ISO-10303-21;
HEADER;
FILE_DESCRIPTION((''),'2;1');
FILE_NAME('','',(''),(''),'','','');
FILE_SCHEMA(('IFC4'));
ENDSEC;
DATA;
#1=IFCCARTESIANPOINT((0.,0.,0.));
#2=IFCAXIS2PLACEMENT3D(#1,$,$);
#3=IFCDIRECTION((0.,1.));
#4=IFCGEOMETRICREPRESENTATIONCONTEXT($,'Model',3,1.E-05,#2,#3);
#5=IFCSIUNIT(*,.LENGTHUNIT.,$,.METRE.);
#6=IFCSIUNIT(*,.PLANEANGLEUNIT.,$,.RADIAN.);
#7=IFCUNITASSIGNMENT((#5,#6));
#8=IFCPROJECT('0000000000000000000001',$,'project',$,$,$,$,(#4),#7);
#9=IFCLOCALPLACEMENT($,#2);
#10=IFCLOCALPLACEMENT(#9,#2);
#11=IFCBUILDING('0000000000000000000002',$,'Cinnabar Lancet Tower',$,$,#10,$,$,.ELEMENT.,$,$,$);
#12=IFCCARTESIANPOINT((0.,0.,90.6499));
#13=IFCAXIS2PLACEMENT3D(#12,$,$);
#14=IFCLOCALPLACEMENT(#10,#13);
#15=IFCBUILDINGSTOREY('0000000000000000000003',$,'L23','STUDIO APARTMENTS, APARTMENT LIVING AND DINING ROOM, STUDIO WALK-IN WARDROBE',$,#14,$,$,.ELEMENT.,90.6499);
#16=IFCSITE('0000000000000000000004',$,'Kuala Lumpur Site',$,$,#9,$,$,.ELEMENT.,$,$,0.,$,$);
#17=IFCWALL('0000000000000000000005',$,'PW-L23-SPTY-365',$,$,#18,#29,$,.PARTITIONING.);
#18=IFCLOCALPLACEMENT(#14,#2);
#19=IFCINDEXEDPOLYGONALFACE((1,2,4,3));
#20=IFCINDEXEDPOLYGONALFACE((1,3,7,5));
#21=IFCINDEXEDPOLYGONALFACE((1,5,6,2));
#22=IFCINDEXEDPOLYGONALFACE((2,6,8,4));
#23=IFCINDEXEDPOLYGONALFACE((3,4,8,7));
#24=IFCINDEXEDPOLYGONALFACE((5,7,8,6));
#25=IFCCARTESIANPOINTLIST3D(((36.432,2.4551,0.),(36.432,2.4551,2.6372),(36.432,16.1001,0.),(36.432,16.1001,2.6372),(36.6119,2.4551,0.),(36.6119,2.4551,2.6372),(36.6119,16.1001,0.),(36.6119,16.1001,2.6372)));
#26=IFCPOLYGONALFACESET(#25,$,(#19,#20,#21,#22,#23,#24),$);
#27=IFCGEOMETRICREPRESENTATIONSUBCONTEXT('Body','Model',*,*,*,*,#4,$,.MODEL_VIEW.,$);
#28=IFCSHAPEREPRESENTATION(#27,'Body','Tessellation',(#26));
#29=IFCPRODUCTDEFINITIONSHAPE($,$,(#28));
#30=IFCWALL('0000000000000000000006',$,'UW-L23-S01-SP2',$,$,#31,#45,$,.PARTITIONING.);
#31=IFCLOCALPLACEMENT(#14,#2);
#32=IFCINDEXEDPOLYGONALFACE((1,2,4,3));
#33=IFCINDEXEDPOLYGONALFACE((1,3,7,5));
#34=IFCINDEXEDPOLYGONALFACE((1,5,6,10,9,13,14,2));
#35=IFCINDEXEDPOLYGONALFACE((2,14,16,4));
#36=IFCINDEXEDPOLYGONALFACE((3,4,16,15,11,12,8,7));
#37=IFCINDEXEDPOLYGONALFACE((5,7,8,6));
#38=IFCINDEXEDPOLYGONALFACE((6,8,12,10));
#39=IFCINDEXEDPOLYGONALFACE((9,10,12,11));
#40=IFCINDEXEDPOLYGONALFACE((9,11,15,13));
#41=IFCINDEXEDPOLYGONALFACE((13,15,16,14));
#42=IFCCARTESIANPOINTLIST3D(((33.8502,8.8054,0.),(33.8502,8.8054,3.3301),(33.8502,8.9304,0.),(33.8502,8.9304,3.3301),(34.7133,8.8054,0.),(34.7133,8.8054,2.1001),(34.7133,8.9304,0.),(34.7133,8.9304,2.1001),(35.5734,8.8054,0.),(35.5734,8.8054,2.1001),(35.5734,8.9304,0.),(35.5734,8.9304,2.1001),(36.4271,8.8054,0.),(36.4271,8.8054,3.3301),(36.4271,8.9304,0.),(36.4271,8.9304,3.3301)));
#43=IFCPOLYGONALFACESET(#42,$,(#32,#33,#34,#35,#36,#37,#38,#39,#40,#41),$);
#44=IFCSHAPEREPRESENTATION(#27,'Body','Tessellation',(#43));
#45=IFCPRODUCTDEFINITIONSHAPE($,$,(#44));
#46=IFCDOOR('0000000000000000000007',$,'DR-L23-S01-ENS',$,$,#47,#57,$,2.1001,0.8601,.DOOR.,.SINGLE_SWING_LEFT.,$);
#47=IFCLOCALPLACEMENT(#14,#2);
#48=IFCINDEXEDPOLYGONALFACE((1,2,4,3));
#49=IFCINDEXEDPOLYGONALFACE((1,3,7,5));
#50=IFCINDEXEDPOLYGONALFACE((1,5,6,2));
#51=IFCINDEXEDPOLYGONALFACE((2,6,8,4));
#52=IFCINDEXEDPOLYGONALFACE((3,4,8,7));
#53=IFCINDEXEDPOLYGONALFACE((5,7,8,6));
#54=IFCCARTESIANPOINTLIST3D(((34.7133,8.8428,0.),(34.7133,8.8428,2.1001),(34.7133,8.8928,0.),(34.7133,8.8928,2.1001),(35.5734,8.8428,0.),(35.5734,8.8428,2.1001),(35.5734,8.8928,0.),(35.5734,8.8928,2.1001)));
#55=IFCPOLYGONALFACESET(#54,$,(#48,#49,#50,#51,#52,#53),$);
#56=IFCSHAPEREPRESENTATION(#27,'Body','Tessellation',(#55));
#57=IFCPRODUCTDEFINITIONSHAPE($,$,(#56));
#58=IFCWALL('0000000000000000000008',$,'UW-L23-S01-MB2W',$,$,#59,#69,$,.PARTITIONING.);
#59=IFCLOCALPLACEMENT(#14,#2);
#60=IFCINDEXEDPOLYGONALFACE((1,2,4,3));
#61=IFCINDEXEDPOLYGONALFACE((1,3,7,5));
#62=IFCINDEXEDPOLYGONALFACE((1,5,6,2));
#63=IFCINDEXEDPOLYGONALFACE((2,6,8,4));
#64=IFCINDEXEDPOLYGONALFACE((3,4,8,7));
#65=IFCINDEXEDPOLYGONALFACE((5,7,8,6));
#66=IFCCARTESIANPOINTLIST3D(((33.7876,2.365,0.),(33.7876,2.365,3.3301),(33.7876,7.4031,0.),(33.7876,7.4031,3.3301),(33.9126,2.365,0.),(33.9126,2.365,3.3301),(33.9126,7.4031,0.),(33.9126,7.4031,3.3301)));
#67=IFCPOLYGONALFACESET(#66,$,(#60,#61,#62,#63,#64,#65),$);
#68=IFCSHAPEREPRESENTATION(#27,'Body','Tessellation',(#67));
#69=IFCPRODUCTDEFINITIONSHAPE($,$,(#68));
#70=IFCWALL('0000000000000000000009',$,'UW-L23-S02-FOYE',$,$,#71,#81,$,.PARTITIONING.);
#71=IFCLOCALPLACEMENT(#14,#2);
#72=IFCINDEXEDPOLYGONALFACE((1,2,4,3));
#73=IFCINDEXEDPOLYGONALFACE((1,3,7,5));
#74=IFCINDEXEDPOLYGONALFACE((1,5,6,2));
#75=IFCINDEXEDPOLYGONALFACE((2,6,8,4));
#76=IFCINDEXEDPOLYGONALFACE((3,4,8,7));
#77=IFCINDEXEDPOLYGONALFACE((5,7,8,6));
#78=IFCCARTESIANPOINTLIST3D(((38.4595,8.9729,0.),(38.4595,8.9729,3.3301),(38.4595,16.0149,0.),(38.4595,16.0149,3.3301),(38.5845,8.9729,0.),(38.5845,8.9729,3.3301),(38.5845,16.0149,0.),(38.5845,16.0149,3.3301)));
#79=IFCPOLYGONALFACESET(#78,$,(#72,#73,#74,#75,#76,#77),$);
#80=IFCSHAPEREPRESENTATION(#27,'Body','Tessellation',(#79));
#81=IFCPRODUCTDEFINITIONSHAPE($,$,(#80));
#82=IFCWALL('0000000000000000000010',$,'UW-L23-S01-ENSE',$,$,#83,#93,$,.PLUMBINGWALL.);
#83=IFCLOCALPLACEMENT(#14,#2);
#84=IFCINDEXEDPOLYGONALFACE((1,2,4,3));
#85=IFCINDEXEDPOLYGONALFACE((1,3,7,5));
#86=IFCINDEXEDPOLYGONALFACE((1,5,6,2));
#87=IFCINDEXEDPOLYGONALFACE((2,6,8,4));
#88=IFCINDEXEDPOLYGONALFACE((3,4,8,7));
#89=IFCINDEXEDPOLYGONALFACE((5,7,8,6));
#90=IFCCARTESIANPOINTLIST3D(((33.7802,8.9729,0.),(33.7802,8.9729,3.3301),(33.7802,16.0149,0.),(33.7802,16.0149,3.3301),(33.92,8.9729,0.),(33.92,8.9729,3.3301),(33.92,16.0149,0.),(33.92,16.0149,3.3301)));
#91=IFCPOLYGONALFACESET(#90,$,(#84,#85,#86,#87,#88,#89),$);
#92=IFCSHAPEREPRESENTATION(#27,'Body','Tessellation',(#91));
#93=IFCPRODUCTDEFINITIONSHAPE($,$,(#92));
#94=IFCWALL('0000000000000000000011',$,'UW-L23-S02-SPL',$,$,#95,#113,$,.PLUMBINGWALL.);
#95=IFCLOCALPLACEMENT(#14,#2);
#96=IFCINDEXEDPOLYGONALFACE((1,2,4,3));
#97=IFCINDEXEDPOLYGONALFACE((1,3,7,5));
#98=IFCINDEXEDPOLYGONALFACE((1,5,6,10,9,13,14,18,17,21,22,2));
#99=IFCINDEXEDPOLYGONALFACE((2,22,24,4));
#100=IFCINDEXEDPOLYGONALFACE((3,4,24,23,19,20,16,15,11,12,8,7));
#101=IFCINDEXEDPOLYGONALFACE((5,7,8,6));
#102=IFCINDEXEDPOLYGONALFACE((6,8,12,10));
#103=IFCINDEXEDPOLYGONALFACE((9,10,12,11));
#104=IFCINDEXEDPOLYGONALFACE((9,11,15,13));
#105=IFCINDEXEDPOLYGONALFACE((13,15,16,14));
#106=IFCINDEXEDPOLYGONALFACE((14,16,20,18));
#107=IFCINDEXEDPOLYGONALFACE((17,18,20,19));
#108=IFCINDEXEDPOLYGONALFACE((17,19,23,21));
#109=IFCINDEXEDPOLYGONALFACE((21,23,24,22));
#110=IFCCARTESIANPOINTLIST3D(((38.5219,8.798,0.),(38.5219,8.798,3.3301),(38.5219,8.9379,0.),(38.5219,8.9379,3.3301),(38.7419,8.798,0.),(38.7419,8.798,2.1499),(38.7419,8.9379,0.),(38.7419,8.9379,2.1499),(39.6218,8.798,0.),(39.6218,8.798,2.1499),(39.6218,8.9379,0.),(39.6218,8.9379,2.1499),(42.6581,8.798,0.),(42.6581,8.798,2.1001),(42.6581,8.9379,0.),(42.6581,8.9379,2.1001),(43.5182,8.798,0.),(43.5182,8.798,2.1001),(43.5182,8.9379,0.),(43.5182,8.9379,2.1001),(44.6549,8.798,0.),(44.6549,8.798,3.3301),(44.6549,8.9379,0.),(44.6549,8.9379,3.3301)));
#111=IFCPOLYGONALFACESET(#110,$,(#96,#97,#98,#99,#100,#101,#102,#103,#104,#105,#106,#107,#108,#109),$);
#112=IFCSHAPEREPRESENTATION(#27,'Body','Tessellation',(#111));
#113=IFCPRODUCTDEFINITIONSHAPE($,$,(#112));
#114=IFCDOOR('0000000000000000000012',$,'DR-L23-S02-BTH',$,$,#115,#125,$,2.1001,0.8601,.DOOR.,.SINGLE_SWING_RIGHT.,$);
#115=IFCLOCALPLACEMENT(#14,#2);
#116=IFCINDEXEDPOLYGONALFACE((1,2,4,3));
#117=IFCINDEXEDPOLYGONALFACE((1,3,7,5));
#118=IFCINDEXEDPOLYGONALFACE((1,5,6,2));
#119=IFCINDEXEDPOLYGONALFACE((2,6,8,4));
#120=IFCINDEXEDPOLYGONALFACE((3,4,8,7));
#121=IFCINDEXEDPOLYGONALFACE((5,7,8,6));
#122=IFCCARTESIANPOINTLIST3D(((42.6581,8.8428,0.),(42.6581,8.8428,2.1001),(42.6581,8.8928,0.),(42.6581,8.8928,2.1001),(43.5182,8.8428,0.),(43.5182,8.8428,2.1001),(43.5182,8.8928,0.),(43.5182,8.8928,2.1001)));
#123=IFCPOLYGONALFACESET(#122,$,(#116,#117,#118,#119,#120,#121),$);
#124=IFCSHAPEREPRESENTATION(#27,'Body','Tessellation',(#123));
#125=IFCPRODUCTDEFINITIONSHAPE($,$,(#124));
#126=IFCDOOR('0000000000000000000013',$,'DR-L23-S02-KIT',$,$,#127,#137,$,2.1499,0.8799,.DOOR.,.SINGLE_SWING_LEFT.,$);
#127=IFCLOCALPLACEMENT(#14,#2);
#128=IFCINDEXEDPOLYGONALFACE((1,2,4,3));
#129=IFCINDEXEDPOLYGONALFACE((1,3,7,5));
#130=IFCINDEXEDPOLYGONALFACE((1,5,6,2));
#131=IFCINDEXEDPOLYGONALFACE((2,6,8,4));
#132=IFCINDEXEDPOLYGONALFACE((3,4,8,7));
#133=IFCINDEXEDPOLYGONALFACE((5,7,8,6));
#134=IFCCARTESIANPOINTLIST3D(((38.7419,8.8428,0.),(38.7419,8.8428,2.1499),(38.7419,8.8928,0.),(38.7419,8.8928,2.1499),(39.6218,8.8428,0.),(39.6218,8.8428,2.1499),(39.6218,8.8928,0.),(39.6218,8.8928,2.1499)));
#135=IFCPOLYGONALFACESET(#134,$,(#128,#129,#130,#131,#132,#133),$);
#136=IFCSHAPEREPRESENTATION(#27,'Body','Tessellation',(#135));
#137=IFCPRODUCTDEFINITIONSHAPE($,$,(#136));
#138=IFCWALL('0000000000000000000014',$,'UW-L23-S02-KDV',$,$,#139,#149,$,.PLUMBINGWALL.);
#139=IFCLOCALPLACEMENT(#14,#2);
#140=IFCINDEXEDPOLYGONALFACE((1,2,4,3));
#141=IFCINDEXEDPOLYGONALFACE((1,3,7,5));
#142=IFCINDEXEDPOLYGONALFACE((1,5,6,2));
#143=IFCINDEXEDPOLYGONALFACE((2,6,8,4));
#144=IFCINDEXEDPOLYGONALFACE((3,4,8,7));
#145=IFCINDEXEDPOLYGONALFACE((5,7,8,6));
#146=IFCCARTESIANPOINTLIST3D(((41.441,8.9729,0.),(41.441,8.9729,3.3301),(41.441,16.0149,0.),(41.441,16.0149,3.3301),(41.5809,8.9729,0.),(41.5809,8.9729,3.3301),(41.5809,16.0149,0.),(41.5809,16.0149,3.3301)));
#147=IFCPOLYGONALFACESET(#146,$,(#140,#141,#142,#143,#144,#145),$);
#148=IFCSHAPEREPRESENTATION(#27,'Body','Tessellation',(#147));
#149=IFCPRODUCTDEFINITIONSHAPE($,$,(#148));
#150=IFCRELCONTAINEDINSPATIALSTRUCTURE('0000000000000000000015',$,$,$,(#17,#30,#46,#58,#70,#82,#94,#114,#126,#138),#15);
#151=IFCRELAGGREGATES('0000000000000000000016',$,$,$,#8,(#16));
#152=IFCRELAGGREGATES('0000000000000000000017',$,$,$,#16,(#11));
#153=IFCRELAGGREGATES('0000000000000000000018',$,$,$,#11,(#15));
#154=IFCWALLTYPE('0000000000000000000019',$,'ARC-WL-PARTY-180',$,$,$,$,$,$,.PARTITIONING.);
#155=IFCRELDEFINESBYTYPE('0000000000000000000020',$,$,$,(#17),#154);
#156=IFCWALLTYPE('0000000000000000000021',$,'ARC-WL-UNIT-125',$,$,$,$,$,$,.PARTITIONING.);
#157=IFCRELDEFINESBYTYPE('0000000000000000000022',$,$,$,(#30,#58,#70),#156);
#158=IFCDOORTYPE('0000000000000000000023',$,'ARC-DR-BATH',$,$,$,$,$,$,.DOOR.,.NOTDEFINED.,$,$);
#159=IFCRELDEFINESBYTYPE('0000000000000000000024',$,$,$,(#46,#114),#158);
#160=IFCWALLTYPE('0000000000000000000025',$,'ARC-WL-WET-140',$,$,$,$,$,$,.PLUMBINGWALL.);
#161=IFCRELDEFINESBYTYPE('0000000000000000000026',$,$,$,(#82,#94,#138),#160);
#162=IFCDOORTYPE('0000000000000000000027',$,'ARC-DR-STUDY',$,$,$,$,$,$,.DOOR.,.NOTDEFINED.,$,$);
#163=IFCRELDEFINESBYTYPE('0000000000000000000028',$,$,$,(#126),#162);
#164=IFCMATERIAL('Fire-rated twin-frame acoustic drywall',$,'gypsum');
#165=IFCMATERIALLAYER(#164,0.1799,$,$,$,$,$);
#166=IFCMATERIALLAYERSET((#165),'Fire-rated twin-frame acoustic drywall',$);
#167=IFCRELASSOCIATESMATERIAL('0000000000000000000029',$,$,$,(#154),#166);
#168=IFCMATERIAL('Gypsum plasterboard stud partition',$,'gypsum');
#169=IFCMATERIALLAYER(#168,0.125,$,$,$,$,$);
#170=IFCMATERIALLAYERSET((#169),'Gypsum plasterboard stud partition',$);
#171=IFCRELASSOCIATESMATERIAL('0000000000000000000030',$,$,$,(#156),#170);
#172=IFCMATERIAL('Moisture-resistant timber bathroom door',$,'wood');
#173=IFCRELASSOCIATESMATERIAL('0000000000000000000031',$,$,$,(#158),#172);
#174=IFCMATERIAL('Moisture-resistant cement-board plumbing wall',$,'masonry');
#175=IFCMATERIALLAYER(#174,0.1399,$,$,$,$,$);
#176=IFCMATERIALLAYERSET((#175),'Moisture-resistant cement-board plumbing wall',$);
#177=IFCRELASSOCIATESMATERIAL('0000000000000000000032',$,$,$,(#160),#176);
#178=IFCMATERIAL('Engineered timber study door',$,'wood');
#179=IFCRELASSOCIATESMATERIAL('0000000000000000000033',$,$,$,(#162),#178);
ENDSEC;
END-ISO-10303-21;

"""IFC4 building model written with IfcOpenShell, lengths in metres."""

from ifc_helpers import new_model, si_unit, direction, frame, frame_2d, origin, place, context, subcontext, project, spatial, rectangle, extrude, material, layer, layer_set, type_object, element, fill, save


model = new_model("IFC4")

# Units and contexts
model_context = context("Model", 3, precision=1e-05, world=origin(), true_north=direction((0.0, 1.0)))
body_context = subcontext(model_context, "Body", "Model", "MODEL_VIEW")
ifc_project = project(units=[si_unit("LENGTHUNIT", "METRE"), si_unit("PLANEANGLEUNIT", "RADIAN")], contexts=[model_context])

# Site, building, storey
site_placement = place(None, origin())
site = spatial("IfcSite", under=ifc_project, at=site_placement, Name="Kuala Lumpur Site", CompositionType="ELEMENT", RefElevation=0.0)
building_placement = place(site_placement, origin())
building = spatial("IfcBuilding", under=site, at=building_placement, Name="Cinnabar Lancet Tower", CompositionType="ELEMENT")
storey_placement = place(building_placement, frame((0.0, 0.0, 90.6499)))
storey = spatial("IfcBuildingStorey", under=building, at=storey_placement, Name="L23", Description="STUDIO APARTMENTS, APARTMENT LIVING AND DINING ROOM, STUDIO WALK-IN WARDROBE", CompositionType="ELEMENT", Elevation=90.6499)

# Wall
ifc_material_1 = material(Name="Fire-rated twin-frame acoustic drywall", Category="gypsum")
ifc_layer_1 = layer(ifc_material_1, 0.1799)
ifc_layer_set_1 = layer_set([ifc_layer_1], Name="Fire-rated twin-frame acoustic drywall")
wall_type_1 = type_object("IfcWallType", Name="ARC-WL-PARTY-180", PredefinedType="PARTITIONING", material=ifc_layer_set_1)
wall_1_placement = place(storey_placement, frame((36.522, 2.4551, 0.0), z_axis=(0.0, 0.0, 1.0), x_axis=(0.0, 1.0, 0.0)))
element("IfcWall", 1, at=wall_1_placement, inside=storey, type_object=wall_type_1, Name="PW-L23-SPTY-365", PredefinedType="PARTITIONING", context=body_context, shape_type="SweptSolid", body=[
    extrude(rectangle(XDim=13.645, YDim=0.1799, at=frame_2d((6.8225, 0.0))), origin(), (0.0, 0.0, 1.0), 2.6372),
])

# Wall, opening, door
ifc_material_2 = material(Name="Gypsum plasterboard stud partition", Category="gypsum")
ifc_layer_2 = layer(ifc_material_2, 0.125)
ifc_layer_set_2 = layer_set([ifc_layer_2], Name="Gypsum plasterboard stud partition")
wall_type_2 = type_object("IfcWallType", Name="ARC-WL-UNIT-125", PredefinedType="PARTITIONING", material=ifc_layer_set_2)
wall_2_placement = place(storey_placement, frame((33.8501, 8.8679, 0.0), z_axis=(0.0, 0.0, 1.0), x_axis=(1.0, 0.0, 0.0)))
wall_2 = element("IfcWall", 2, at=wall_2_placement, inside=storey, type_object=wall_type_2, Name="UW-L23-S01-SP2", PredefinedType="PARTITIONING", context=body_context, shape_type="SweptSolid", body=[
    extrude(rectangle(XDim=2.5769, YDim=0.125, at=frame_2d((1.2886, 0.0))), origin(), (0.0, 0.0, 1.0), 3.3301),
])
opening_1_placement = place(wall_2_placement, frame((0.863, 0.0, 0.0)))
opening_1 = element("IfcOpeningElement", 3, at=opening_1_placement, cuts=wall_2, PredefinedType="OPENING", context=body_context, shape_type="SweptSolid", body=[
    extrude(rectangle(XDim=0.8601, YDim=2.1001, at=frame_2d((0.4302, 1.05))), frame((0.0, 0.0725, 0.0), z_axis=(0.0, -1.0, 0.0), x_axis=(1.0, 0.0, 0.0)), (0.0, 0.0, 1.0), 0.145),
])
ifc_material_3 = material(Name="Moisture-resistant timber bathroom door", Category="wood")
door_type_1 = type_object("IfcDoorType", Name="ARC-DR-BATH", OperationType="NOTDEFINED", PredefinedType="DOOR", material=ifc_material_3)
door_1_placement = place(opening_1_placement, origin())
door_1 = element("IfcDoor", 4, at=door_1_placement, inside=storey, type_object=door_type_1, Name="DR-L23-S01-ENS", OperationType="SINGLE_SWING_LEFT", OverallHeight=2.1001, OverallWidth=0.8601, PredefinedType="DOOR", context=body_context, shape_type="SweptSolid", body=[
    extrude(rectangle(XDim=0.8601, YDim=2.1001, at=frame_2d((0.4302, 1.05))), frame((0.0, 0.0249, 0.0), z_axis=(0.0, -1.0, 0.0), x_axis=(1.0, 0.0, 0.0)), (0.0, 0.0, 1.0), 0.05),
])
fill(opening_1, door_1)

# Walls
wall_3_placement = place(storey_placement, frame((33.8501, 2.365, 0.0), z_axis=(0.0, 0.0, 1.0), x_axis=(0.0, 1.0, 0.0)))
element("IfcWall", 5, at=wall_3_placement, inside=storey, type_object=wall_type_2, Name="UW-L23-S01-MB2W", PredefinedType="PARTITIONING", context=body_context, shape_type="SweptSolid", body=[
    extrude(rectangle(XDim=5.0381, YDim=0.125, at=frame_2d((2.519, 0.0))), origin(), (0.0, 0.0, 1.0), 3.3301),
])
wall_4_placement = place(storey_placement, frame((38.522, 8.9729, 0.0), z_axis=(0.0, 0.0, 1.0), x_axis=(0.0, 1.0, 0.0)))
element("IfcWall", 6, at=wall_4_placement, inside=storey, type_object=wall_type_2, Name="UW-L23-S02-FOYE", PredefinedType="PARTITIONING", context=body_context, shape_type="SweptSolid", body=[
    extrude(rectangle(XDim=7.042, YDim=0.125, at=frame_2d((3.521, 0.0))), origin(), (0.0, 0.0, 1.0), 3.3301),
])
ifc_material_4 = material(Name="Moisture-resistant cement-board plumbing wall", Category="masonry")
ifc_layer_3 = layer(ifc_material_4, 0.1399)
ifc_layer_set_3 = layer_set([ifc_layer_3], Name="Moisture-resistant cement-board plumbing wall")
wall_type_3 = type_object("IfcWallType", Name="ARC-WL-WET-140", PredefinedType="PLUMBINGWALL", material=ifc_layer_set_3)
wall_5_placement = place(storey_placement, frame((33.8501, 8.9729, 0.0), z_axis=(0.0, 0.0, 1.0), x_axis=(0.0, 1.0, 0.0)))
element("IfcWall", 7, at=wall_5_placement, inside=storey, type_object=wall_type_3, Name="UW-L23-S01-ENSE", PredefinedType="PLUMBINGWALL", context=body_context, shape_type="SweptSolid", body=[
    extrude(rectangle(XDim=7.042, YDim=0.1399, at=frame_2d((3.521, 0.0))), origin(), (0.0, 0.0, 1.0), 3.3301),
])

# Wall, openings, doors
wall_6_placement = place(storey_placement, frame((38.522, 8.8679, 0.0), z_axis=(0.0, 0.0, 1.0), x_axis=(1.0, 0.0, 0.0)))
wall_6 = element("IfcWall", 8, at=wall_6_placement, inside=storey, type_object=wall_type_3, Name="UW-L23-S02-SPL", PredefinedType="PLUMBINGWALL", context=body_context, shape_type="SweptSolid", body=[
    extrude(rectangle(XDim=6.1331, YDim=0.1399, at=frame_2d((3.0664, 0.0))), origin(), (0.0, 0.0, 1.0), 3.3301),
])
opening_2_placement = place(wall_6_placement, frame((4.136, 0.0, 0.0)))
opening_2 = element("IfcOpeningElement", 9, at=opening_2_placement, cuts=wall_6, PredefinedType="OPENING", context=body_context, shape_type="SweptSolid", body=[
    extrude(rectangle(XDim=0.8601, YDim=2.1001, at=frame_2d((0.4302, 1.05))), frame((0.0, 0.0798, 0.0), z_axis=(0.0, -1.0, 0.0), x_axis=(1.0, 0.0, 0.0)), (0.0, 0.0, 1.0), 0.1599),
])
opening_3_placement = place(wall_6_placement, frame((0.22, 0.0, 0.0)))
opening_3 = element("IfcOpeningElement", 10, at=opening_3_placement, cuts=wall_6, PredefinedType="OPENING", context=body_context, shape_type="SweptSolid", body=[
    extrude(rectangle(XDim=0.8799, YDim=2.1499, at=frame_2d((0.4399, 1.075))), frame((0.0, 0.0798, 0.0), z_axis=(0.0, -1.0, 0.0), x_axis=(1.0, 0.0, 0.0)), (0.0, 0.0, 1.0), 0.1599),
])
door_2_placement = place(opening_2_placement, origin())
door_2 = element("IfcDoor", 11, at=door_2_placement, inside=storey, type_object=door_type_1, Name="DR-L23-S02-BTH", OperationType="SINGLE_SWING_RIGHT", OverallHeight=2.1001, OverallWidth=0.8601, PredefinedType="DOOR", context=body_context, shape_type="SweptSolid", body=[
    extrude(rectangle(XDim=0.8601, YDim=2.1001, at=frame_2d((0.4302, 1.05))), frame((0.0, 0.0249, 0.0), z_axis=(0.0, -1.0, 0.0), x_axis=(1.0, 0.0, 0.0)), (0.0, 0.0, 1.0), 0.05),
])
fill(opening_2, door_2)
ifc_material_5 = material(Name="Engineered timber study door", Category="wood")
door_type_2 = type_object("IfcDoorType", Name="ARC-DR-STUDY", OperationType="NOTDEFINED", PredefinedType="DOOR", material=ifc_material_5)
door_3_placement = place(opening_3_placement, origin())
door_3 = element("IfcDoor", 12, at=door_3_placement, inside=storey, type_object=door_type_2, Name="DR-L23-S02-KIT", OperationType="SINGLE_SWING_LEFT", OverallHeight=2.1499, OverallWidth=0.8799, PredefinedType="DOOR", context=body_context, shape_type="SweptSolid", body=[
    extrude(rectangle(XDim=0.8799, YDim=2.1499, at=frame_2d((0.4399, 1.075))), frame((0.0, 0.0249, 0.0), z_axis=(0.0, -1.0, 0.0), x_axis=(1.0, 0.0, 0.0)), (0.0, 0.0, 1.0), 0.05),
])
fill(opening_3, door_3)

# Wall
wall_7_placement = place(storey_placement, frame((41.511, 8.9729, 0.0), z_axis=(0.0, 0.0, 1.0), x_axis=(0.0, 1.0, 0.0)))
element("IfcWall", 13, at=wall_7_placement, inside=storey, type_object=wall_type_3, Name="UW-L23-S02-KDV", PredefinedType="PLUMBINGWALL", context=body_context, shape_type="SweptSolid", body=[
    extrude(rectangle(XDim=7.042, YDim=0.1399, at=frame_2d((3.521, 0.0))), origin(), (0.0, 0.0, 1.0), 3.3301),
])

save(model, "model.ifc")
